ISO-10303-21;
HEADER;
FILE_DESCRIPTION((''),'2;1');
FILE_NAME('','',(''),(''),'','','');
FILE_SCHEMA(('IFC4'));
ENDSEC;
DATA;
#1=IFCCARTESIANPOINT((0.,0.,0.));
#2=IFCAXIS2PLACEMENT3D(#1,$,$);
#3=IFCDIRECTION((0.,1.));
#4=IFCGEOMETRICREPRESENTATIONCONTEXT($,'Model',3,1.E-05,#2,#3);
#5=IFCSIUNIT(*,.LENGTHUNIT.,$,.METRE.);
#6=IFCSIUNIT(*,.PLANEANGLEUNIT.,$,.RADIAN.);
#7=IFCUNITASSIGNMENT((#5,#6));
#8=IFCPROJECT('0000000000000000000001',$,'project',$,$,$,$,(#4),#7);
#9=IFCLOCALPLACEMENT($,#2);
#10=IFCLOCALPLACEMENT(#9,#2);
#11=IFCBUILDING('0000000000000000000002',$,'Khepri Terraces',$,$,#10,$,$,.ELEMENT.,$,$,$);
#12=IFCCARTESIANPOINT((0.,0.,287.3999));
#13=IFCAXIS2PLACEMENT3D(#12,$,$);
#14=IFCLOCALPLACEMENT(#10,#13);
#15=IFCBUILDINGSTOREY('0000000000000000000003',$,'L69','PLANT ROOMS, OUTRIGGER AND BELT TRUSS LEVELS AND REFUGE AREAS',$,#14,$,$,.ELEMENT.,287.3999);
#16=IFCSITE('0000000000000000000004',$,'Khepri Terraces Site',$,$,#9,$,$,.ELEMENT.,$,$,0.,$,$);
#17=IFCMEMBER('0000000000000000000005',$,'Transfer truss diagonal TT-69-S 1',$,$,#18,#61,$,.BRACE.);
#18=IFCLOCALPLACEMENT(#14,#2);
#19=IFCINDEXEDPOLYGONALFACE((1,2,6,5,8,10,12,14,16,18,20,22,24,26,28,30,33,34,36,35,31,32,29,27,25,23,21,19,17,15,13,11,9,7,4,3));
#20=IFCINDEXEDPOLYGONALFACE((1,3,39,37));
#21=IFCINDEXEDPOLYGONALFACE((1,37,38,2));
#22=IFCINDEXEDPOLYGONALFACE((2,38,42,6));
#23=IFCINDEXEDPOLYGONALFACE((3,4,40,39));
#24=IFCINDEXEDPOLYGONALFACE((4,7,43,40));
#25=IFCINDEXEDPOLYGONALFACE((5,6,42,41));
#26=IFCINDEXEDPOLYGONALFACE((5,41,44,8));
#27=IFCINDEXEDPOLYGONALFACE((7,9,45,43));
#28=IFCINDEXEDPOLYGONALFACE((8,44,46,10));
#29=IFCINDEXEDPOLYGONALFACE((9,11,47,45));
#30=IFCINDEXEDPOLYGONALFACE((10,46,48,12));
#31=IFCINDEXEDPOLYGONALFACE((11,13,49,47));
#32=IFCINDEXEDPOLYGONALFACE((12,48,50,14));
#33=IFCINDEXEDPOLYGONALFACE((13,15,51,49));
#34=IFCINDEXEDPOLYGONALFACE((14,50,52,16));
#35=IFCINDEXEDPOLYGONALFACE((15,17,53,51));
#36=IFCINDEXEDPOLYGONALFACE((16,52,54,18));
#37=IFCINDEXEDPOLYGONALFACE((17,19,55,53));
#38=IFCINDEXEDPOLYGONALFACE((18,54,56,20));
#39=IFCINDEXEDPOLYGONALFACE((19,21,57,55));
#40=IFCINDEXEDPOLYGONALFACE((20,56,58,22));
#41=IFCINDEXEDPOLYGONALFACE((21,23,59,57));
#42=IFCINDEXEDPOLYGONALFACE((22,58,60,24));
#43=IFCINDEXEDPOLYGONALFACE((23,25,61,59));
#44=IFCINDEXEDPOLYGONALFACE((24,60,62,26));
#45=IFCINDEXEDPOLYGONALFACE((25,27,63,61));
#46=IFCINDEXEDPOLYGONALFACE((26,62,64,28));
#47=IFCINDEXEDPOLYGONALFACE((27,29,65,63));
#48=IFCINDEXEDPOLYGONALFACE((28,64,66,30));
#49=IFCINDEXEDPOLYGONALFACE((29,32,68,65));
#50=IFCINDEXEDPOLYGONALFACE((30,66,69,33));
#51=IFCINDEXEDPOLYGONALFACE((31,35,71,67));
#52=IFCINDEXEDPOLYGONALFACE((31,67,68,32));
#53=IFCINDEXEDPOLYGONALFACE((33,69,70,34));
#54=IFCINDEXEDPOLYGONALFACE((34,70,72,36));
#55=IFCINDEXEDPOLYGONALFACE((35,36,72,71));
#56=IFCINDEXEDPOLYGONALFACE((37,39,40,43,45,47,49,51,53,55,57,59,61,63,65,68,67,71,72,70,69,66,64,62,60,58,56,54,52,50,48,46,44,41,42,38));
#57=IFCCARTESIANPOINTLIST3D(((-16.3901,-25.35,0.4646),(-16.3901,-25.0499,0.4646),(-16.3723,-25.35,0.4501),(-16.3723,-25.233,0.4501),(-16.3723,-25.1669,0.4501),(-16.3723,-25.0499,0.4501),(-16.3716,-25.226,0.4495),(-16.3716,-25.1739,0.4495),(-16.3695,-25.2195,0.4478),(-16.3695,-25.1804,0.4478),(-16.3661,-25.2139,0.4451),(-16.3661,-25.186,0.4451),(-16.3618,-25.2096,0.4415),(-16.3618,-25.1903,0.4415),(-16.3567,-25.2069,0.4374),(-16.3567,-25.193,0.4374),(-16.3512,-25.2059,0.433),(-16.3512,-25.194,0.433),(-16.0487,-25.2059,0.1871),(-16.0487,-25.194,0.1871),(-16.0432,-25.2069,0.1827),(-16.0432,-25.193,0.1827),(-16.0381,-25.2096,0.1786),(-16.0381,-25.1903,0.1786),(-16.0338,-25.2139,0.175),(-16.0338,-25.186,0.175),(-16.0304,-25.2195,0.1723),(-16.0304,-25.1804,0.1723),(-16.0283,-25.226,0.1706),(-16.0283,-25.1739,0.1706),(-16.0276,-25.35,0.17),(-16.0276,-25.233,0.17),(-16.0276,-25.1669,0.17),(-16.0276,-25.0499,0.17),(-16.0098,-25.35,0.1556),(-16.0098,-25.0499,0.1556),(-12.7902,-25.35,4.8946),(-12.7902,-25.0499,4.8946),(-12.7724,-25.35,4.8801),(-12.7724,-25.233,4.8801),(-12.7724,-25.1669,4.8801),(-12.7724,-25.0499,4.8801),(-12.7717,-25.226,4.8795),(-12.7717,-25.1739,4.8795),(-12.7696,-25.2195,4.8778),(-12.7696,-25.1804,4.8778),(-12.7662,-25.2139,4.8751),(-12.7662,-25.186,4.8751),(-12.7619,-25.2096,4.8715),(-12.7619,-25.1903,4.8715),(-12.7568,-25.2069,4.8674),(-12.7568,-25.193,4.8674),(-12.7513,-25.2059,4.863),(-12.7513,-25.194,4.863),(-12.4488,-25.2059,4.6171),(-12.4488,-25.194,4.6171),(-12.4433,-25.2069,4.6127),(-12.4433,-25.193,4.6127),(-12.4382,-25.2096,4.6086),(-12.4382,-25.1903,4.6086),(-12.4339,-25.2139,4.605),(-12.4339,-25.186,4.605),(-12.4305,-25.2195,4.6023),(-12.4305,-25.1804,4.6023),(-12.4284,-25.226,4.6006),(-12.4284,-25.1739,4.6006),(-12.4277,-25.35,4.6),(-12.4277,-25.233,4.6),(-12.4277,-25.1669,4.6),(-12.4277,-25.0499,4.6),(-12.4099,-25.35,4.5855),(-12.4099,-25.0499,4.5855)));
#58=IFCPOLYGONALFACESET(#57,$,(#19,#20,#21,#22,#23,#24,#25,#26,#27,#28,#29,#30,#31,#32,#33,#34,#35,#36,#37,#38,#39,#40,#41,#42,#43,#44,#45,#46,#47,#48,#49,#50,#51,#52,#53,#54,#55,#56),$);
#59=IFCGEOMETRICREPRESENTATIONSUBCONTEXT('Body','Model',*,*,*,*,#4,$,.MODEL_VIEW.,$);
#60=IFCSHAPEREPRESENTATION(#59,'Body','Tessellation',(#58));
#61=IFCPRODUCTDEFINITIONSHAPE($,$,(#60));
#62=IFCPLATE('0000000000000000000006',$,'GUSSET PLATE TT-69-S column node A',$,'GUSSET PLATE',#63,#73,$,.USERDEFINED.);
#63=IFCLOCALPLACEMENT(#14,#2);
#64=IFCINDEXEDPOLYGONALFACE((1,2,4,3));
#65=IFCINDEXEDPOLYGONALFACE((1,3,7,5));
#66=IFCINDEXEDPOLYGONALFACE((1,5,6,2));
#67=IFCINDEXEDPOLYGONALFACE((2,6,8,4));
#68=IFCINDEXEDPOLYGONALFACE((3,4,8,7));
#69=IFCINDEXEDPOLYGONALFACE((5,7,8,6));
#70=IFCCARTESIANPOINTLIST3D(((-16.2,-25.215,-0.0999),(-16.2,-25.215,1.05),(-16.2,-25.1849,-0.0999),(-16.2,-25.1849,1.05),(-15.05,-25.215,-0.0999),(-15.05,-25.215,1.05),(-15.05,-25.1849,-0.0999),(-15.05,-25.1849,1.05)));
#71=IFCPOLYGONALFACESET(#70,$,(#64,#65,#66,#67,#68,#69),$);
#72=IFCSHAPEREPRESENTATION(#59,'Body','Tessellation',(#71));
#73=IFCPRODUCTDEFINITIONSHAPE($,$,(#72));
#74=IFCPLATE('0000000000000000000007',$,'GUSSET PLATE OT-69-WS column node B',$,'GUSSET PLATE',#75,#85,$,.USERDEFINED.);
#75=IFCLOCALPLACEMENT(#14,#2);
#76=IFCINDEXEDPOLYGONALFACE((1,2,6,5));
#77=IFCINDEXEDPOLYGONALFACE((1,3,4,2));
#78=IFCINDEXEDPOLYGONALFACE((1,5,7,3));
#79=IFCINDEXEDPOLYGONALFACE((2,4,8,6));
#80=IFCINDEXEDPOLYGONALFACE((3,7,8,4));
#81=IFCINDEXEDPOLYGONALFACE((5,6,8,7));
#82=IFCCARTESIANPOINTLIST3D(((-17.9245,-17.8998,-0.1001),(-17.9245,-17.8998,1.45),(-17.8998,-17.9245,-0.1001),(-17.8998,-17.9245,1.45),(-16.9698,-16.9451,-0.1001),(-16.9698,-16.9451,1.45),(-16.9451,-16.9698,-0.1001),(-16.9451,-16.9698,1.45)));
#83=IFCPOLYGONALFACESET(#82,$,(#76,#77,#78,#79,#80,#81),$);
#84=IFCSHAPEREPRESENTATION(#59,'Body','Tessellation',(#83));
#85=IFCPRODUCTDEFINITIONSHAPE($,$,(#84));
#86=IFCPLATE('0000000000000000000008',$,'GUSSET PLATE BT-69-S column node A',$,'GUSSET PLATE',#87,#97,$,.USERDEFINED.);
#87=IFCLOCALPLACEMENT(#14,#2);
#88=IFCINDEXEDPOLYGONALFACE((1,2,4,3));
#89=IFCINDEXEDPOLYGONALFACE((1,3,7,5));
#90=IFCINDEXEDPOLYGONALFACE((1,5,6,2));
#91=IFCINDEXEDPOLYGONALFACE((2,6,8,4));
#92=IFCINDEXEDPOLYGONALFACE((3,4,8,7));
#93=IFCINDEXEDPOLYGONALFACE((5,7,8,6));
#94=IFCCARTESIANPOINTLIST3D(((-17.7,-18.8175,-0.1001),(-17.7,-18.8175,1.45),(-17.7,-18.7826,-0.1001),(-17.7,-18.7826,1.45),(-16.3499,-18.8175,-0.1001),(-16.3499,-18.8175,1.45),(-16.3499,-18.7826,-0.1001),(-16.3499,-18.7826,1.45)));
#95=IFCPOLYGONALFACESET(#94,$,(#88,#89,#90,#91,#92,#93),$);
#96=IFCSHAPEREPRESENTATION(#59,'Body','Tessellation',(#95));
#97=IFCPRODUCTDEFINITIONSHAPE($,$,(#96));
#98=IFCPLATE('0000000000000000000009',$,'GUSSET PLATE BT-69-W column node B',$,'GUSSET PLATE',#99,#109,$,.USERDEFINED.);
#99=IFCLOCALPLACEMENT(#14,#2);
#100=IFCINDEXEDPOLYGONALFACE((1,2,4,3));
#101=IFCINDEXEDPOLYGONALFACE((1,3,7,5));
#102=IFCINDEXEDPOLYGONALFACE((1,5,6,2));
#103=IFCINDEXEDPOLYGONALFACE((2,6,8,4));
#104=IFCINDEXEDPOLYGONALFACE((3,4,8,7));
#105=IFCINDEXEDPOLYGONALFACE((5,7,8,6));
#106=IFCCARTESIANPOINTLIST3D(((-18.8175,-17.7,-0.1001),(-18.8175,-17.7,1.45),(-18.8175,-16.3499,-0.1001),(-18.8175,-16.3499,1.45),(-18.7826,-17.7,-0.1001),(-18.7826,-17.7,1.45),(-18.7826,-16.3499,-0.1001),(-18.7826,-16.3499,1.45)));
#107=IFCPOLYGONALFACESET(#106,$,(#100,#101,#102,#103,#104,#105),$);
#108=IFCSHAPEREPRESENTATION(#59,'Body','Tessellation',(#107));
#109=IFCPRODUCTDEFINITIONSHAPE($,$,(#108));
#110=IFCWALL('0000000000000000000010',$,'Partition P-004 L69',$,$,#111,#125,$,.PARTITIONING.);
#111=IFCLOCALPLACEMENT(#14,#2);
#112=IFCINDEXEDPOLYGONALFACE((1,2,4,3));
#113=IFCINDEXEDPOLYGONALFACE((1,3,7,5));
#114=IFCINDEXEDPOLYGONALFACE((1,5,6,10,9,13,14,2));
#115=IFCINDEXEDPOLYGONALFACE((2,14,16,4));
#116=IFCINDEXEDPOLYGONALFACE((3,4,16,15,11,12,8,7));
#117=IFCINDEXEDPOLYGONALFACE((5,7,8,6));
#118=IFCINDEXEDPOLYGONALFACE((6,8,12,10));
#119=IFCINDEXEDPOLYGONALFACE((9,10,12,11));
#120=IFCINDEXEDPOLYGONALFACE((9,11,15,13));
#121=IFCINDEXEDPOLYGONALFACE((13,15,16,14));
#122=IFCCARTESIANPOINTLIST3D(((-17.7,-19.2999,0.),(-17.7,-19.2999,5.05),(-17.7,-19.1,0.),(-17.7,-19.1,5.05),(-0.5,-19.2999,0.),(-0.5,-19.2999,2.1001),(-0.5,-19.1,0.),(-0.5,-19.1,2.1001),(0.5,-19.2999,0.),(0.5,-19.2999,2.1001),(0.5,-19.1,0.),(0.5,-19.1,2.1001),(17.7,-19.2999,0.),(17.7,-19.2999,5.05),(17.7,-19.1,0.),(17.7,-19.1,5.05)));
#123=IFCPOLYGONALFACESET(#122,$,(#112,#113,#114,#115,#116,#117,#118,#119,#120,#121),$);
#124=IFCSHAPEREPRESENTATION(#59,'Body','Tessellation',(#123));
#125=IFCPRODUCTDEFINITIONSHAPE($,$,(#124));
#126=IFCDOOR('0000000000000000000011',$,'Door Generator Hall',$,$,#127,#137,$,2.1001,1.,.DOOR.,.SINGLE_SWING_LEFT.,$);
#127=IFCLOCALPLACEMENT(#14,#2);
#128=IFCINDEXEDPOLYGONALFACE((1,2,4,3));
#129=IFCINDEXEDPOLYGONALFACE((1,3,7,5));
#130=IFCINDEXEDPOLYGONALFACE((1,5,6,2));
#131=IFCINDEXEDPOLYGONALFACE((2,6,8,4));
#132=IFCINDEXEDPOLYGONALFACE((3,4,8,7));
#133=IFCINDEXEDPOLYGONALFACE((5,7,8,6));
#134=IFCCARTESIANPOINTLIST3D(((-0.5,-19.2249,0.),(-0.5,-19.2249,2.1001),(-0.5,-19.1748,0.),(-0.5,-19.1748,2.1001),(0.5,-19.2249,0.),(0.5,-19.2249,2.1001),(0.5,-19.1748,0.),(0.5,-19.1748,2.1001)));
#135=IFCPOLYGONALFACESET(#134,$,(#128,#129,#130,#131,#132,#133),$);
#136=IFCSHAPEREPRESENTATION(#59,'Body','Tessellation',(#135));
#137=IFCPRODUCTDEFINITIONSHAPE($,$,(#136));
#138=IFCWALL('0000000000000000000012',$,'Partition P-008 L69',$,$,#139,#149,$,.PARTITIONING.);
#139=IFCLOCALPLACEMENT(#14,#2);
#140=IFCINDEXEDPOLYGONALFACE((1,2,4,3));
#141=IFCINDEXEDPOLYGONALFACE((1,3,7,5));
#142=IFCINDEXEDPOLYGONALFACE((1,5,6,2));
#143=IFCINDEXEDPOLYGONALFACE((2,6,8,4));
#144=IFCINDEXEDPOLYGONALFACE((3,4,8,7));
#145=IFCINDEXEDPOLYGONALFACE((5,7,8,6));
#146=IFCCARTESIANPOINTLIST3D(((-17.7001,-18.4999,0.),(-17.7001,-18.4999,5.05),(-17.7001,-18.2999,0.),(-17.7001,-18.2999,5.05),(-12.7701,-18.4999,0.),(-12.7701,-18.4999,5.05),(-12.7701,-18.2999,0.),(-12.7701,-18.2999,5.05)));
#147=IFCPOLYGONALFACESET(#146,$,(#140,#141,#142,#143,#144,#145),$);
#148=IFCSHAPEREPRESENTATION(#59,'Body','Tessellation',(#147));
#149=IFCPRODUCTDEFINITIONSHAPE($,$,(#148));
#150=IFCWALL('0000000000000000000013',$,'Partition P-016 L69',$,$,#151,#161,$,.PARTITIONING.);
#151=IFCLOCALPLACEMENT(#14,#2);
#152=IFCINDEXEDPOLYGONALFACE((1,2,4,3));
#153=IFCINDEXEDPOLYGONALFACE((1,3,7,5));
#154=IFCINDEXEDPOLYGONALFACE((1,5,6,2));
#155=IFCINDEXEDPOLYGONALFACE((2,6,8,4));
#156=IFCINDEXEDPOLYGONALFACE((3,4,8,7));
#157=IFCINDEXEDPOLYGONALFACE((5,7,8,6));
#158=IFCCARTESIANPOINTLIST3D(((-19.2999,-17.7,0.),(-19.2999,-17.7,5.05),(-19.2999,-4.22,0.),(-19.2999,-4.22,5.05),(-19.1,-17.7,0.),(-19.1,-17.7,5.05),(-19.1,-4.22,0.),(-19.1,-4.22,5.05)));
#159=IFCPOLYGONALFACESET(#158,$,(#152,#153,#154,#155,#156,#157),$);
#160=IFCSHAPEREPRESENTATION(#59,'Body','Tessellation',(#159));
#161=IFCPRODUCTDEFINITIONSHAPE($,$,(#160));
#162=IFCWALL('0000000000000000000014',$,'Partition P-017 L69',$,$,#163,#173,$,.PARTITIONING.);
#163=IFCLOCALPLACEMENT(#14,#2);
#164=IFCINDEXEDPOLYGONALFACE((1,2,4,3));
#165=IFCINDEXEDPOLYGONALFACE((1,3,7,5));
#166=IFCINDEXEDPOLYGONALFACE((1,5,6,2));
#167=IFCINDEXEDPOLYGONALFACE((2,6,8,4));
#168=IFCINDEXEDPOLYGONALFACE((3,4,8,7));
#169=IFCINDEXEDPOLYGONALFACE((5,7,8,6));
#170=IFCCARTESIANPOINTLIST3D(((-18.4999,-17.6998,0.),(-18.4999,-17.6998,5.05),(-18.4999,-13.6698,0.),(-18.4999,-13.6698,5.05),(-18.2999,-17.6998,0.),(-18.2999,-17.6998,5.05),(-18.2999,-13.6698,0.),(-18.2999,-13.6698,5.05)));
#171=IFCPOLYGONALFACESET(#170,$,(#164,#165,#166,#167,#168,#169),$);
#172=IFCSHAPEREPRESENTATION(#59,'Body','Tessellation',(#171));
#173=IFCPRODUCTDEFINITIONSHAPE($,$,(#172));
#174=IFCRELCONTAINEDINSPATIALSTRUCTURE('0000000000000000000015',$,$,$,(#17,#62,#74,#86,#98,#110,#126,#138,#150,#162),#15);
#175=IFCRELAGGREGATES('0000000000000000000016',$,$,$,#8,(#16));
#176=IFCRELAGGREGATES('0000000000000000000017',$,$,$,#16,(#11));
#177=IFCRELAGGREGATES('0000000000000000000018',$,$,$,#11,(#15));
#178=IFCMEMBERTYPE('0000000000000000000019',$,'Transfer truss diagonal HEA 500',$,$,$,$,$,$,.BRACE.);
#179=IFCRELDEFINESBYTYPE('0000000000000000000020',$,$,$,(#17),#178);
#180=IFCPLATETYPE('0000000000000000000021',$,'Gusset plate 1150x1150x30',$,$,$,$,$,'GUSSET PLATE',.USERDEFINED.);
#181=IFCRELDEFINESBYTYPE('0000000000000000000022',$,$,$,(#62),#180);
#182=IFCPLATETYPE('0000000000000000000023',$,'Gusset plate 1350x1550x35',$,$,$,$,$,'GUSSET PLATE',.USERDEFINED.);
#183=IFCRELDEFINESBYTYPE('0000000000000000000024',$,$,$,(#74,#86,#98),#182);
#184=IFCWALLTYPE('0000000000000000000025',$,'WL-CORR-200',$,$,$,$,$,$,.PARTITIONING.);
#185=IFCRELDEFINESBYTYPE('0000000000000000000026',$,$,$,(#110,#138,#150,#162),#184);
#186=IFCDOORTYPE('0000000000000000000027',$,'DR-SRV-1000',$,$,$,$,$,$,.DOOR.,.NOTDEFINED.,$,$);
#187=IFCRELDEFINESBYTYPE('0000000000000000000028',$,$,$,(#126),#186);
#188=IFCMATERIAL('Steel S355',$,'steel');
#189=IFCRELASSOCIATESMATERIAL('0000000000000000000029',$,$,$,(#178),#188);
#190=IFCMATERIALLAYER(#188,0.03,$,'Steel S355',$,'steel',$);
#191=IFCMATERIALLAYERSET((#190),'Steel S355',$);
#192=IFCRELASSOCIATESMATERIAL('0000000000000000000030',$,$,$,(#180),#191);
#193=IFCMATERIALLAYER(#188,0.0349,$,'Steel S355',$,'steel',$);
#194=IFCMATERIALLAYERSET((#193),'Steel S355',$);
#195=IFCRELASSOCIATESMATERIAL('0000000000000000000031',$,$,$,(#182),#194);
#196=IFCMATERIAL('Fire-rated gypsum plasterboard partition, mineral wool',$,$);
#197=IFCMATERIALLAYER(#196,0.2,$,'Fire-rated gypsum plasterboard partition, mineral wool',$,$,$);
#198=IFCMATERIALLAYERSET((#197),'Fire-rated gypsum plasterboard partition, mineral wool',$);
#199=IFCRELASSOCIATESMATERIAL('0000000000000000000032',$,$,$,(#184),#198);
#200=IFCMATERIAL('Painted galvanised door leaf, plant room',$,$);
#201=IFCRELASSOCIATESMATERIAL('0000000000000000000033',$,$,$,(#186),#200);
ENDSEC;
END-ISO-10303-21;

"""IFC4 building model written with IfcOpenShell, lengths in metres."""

from ifc_helpers import new_model, si_unit, direction, frame, frame_2d, origin, origin_2d, place, context, subcontext, project, spatial, rectangle, i_section, extrude, material, layer, layer_set, material_profile, profile_set, type_object, element, fill, save


model = new_model("IFC4")

# Units and contexts
model_context = context("Model", 3, precision=1e-05, world=origin(), true_north=direction((0.0, 1.0)))
body_context = subcontext(model_context, "Body", "Model", "MODEL_VIEW")
ifc_project = project(units=[si_unit("LENGTHUNIT", "METRE"), si_unit("PLANEANGLEUNIT", "RADIAN")], contexts=[model_context])

# Site, building, storey
site_placement = place(None, origin())
site = spatial("IfcSite", under=ifc_project, at=site_placement, Name="Khepri Terraces Site", CompositionType="ELEMENT", RefElevation=0.0)
building_placement = place(site_placement, origin())
building = spatial("IfcBuilding", under=site, at=building_placement, Name="Khepri Terraces", CompositionType="ELEMENT")
storey_placement = place(building_placement, frame((0.0, 0.0, 287.3999)))
storey = spatial("IfcBuildingStorey", under=building, at=storey_placement, Name="L69", Description="PLANT ROOMS, OUTRIGGER AND BELT TRUSS LEVELS AND REFUGE AREAS", CompositionType="ELEMENT", Elevation=287.3999)

# Member
ifc_material_1 = material(Name="Steel S355", Category="steel")
ifc_material_profile_1 = material_profile(ifc_material_1, i_section(OverallWidth=0.3, OverallDepth=0.49, WebThickness=0.012, FlangeThickness=0.0229, FilletRadius=0.0271, at=origin_2d()), Name="Steel S355", Category="steel")
ifc_profile_set_1 = profile_set([ifc_material_profile_1], Name="Steel S355")
member_type_1 = type_object("IfcMemberType", Name="Transfer truss diagonal HEA 500", PredefinedType="BRACE", material=ifc_profile_set_1)
member_1_placement = place(storey_placement, frame((-16.2, -25.2, 0.3101), z_axis=(0.630649, 0.0, 0.776068), x_axis=(0.0, 1.0, 0.0)))
element("IfcMember", 1, at=member_1_placement, inside=storey, type_object=member_type_1, Name="Transfer truss diagonal TT-69-S 1", PredefinedType="BRACE", context=body_context, shape_type="SweptSolid", body=[
    extrude(i_section(OverallWidth=0.3, OverallDepth=0.49, WebThickness=0.012, FlangeThickness=0.0229, FilletRadius=0.0271, at=origin_2d()), origin(), (0.0, 0.0, 1.0), 5.7083),
])

# Plates
ifc_layer_1 = layer(ifc_material_1, 0.03, Name="Steel S355", Category="steel")
ifc_layer_set_1 = layer_set([ifc_layer_1], Name="Steel S355")
plate_type_1 = type_object("IfcPlateType", Name="Gusset plate 1150x1150x30", ElementType="GUSSET PLATE", PredefinedType="USERDEFINED", material=ifc_layer_set_1)
plate_placement = place(storey_placement, frame((-15.625, -25.2, -0.0999), z_axis=(0.0, 0.0, 1.0), x_axis=(1.0, 0.0, 0.0)))
element("IfcPlate", 2, at=plate_placement, inside=storey, type_object=plate_type_1, Name="GUSSET PLATE TT-69-S column node A", ObjectType="GUSSET PLATE", PredefinedType="USERDEFINED", context=body_context, shape_type="SweptSolid", body=[
    extrude(rectangle(XDim=1.1499, YDim=0.03, at=origin_2d()), origin(), (0.0, 0.0, 1.0), 1.1499),
])
ifc_layer_2 = layer(ifc_material_1, 0.0349, Name="Steel S355", Category="steel")
ifc_layer_set_2 = layer_set([ifc_layer_2], Name="Steel S355")
plate_type_2 = type_object("IfcPlateType", Name="Gusset plate 1350x1550x35", ElementType="GUSSET PLATE", PredefinedType="USERDEFINED", material=ifc_layer_set_2)
for number, where, z_axis, x_axis, name in (
    (3, (-17.4348, -17.4348, -0.1001), (0.0, 0.0, 1.0), (-0.707107, -0.707107, 0.0), "GUSSET PLATE OT-69-WS column node B"),
    (4, (-17.0249, -18.8, -0.1001), (0.0, 0.0, 1.0), (1.0, 0.0, 0.0), "GUSSET PLATE BT-69-S column node A"),
    (5, (-18.8, -17.0249, -0.1001), (0.0, 0.0, 1.0), (0.0, -1.0, 0.0), "GUSSET PLATE BT-69-W column node B"),
):
    element("IfcPlate", number, at=place(storey_placement, frame(where, z_axis=z_axis, x_axis=x_axis)), inside=storey, type_object=plate_type_2, Name=name, ObjectType="GUSSET PLATE", PredefinedType="USERDEFINED", context=body_context, shape_type="SweptSolid", body=[
        extrude(rectangle(XDim=1.3501, YDim=0.0349, at=origin_2d()), origin(), (0.0, 0.0, 1.0), 1.55),
    ])

# Wall, opening, door
ifc_material_2 = material(Name="Fire-rated gypsum plasterboard partition, mineral wool")
ifc_layer_3 = layer(ifc_material_2, 0.2, Name="Fire-rated gypsum plasterboard partition, mineral wool")
ifc_layer_set_3 = layer_set([ifc_layer_3], Name="Fire-rated gypsum plasterboard partition, mineral wool")
wall_type_1 = type_object("IfcWallType", Name="WL-CORR-200", PredefinedType="PARTITIONING", material=ifc_layer_set_3)
wall_1_placement = place(storey_placement, frame((-17.7, -19.2, 0.0), z_axis=(0.0, 0.0, 1.0), x_axis=(1.0, 0.0, 0.0)))
wall_1 = element("IfcWall", 6, at=wall_1_placement, inside=storey, type_object=wall_type_1, Name="Partition P-004 L69", PredefinedType="PARTITIONING", context=body_context, shape_type="SweptSolid", body=[
    extrude(rectangle(XDim=35.3999, YDim=0.2, at=frame_2d((17.7, 0.0))), origin(), (0.0, 0.0, 1.0), 5.05),
])
opening_1_placement = place(wall_1_placement, frame((17.2, 0.0, 0.0)))
opening_1 = element("IfcOpeningElement", 7, at=opening_1_placement, cuts=wall_1, PredefinedType="OPENING", context=body_context, shape_type="SweptSolid", body=[
    extrude(rectangle(XDim=1.0, YDim=2.1001, at=frame_2d((0.5, 1.05))), frame((0.0, 0.1099, 0.0), z_axis=(0.0, -1.0, 0.0), x_axis=(1.0, 0.0, 0.0)), (0.0, 0.0, 1.0), 0.22),
])
ifc_material_3 = material(Name="Painted galvanised door leaf, plant room")
door_type_1 = type_object("IfcDoorType", Name="DR-SRV-1000", OperationType="NOTDEFINED", PredefinedType="DOOR", material=ifc_material_3)
door_1_placement = place(opening_1_placement, frame((1.0, 0.0, 0.0), z_axis=(0.0, 0.0, 1.0), x_axis=(-1.0, 0.0, 0.0)))
door_1 = element("IfcDoor", 8, at=door_1_placement, inside=storey, type_object=door_type_1, Name="Door Generator Hall", OperationType="SINGLE_SWING_LEFT", OverallHeight=2.1001, OverallWidth=1.0, PredefinedType="DOOR", context=body_context, shape_type="SweptSolid", body=[
    extrude(rectangle(XDim=1.0, YDim=2.1001, at=frame_2d((0.5, 1.05))), frame((0.0, 0.0249, 0.0), z_axis=(0.0, -1.0, 0.0), x_axis=(1.0, 0.0, 0.0)), (0.0, 0.0, 1.0), 0.05),
])
fill(opening_1, door_1)

# Walls
wall_2_placement = place(storey_placement, frame((-17.7, -18.3999, 0.0), z_axis=(0.0, 0.0, 1.0), x_axis=(1.0, 0.0, 0.0)))
element("IfcWall", 9, at=wall_2_placement, inside=storey, type_object=wall_type_1, Name="Partition P-008 L69", PredefinedType="PARTITIONING", context=body_context, shape_type="SweptSolid", body=[
    extrude(rectangle(XDim=4.9299, YDim=0.2, at=frame_2d((2.4648, 0.0))), origin(), (0.0, 0.0, 1.0), 5.05),
])
wall_3_placement = place(storey_placement, frame((-19.2, -17.7, 0.0), z_axis=(0.0, 0.0, 1.0), x_axis=(0.0, 1.0, 0.0)))
element("IfcWall", 10, at=wall_3_placement, inside=storey, type_object=wall_type_1, Name="Partition P-016 L69", PredefinedType="PARTITIONING", context=body_context, shape_type="SweptSolid", body=[
    extrude(rectangle(XDim=13.48, YDim=0.2, at=frame_2d((6.74, 0.0))), origin(), (0.0, 0.0, 1.0), 5.05),
])
wall_4_placement = place(storey_placement, frame((-18.3999, -17.7, 0.0), z_axis=(0.0, 0.0, 1.0), x_axis=(0.0, 1.0, 0.0)))
element("IfcWall", 11, at=wall_4_placement, inside=storey, type_object=wall_type_1, Name="Partition P-017 L69", PredefinedType="PARTITIONING", context=body_context, shape_type="SweptSolid", body=[
    extrude(rectangle(XDim=4.03, YDim=0.2, at=frame_2d((2.0151, 0.0))), origin(), (0.0, 0.0, 1.0), 5.05),
])

save(model, "model.ifc")
